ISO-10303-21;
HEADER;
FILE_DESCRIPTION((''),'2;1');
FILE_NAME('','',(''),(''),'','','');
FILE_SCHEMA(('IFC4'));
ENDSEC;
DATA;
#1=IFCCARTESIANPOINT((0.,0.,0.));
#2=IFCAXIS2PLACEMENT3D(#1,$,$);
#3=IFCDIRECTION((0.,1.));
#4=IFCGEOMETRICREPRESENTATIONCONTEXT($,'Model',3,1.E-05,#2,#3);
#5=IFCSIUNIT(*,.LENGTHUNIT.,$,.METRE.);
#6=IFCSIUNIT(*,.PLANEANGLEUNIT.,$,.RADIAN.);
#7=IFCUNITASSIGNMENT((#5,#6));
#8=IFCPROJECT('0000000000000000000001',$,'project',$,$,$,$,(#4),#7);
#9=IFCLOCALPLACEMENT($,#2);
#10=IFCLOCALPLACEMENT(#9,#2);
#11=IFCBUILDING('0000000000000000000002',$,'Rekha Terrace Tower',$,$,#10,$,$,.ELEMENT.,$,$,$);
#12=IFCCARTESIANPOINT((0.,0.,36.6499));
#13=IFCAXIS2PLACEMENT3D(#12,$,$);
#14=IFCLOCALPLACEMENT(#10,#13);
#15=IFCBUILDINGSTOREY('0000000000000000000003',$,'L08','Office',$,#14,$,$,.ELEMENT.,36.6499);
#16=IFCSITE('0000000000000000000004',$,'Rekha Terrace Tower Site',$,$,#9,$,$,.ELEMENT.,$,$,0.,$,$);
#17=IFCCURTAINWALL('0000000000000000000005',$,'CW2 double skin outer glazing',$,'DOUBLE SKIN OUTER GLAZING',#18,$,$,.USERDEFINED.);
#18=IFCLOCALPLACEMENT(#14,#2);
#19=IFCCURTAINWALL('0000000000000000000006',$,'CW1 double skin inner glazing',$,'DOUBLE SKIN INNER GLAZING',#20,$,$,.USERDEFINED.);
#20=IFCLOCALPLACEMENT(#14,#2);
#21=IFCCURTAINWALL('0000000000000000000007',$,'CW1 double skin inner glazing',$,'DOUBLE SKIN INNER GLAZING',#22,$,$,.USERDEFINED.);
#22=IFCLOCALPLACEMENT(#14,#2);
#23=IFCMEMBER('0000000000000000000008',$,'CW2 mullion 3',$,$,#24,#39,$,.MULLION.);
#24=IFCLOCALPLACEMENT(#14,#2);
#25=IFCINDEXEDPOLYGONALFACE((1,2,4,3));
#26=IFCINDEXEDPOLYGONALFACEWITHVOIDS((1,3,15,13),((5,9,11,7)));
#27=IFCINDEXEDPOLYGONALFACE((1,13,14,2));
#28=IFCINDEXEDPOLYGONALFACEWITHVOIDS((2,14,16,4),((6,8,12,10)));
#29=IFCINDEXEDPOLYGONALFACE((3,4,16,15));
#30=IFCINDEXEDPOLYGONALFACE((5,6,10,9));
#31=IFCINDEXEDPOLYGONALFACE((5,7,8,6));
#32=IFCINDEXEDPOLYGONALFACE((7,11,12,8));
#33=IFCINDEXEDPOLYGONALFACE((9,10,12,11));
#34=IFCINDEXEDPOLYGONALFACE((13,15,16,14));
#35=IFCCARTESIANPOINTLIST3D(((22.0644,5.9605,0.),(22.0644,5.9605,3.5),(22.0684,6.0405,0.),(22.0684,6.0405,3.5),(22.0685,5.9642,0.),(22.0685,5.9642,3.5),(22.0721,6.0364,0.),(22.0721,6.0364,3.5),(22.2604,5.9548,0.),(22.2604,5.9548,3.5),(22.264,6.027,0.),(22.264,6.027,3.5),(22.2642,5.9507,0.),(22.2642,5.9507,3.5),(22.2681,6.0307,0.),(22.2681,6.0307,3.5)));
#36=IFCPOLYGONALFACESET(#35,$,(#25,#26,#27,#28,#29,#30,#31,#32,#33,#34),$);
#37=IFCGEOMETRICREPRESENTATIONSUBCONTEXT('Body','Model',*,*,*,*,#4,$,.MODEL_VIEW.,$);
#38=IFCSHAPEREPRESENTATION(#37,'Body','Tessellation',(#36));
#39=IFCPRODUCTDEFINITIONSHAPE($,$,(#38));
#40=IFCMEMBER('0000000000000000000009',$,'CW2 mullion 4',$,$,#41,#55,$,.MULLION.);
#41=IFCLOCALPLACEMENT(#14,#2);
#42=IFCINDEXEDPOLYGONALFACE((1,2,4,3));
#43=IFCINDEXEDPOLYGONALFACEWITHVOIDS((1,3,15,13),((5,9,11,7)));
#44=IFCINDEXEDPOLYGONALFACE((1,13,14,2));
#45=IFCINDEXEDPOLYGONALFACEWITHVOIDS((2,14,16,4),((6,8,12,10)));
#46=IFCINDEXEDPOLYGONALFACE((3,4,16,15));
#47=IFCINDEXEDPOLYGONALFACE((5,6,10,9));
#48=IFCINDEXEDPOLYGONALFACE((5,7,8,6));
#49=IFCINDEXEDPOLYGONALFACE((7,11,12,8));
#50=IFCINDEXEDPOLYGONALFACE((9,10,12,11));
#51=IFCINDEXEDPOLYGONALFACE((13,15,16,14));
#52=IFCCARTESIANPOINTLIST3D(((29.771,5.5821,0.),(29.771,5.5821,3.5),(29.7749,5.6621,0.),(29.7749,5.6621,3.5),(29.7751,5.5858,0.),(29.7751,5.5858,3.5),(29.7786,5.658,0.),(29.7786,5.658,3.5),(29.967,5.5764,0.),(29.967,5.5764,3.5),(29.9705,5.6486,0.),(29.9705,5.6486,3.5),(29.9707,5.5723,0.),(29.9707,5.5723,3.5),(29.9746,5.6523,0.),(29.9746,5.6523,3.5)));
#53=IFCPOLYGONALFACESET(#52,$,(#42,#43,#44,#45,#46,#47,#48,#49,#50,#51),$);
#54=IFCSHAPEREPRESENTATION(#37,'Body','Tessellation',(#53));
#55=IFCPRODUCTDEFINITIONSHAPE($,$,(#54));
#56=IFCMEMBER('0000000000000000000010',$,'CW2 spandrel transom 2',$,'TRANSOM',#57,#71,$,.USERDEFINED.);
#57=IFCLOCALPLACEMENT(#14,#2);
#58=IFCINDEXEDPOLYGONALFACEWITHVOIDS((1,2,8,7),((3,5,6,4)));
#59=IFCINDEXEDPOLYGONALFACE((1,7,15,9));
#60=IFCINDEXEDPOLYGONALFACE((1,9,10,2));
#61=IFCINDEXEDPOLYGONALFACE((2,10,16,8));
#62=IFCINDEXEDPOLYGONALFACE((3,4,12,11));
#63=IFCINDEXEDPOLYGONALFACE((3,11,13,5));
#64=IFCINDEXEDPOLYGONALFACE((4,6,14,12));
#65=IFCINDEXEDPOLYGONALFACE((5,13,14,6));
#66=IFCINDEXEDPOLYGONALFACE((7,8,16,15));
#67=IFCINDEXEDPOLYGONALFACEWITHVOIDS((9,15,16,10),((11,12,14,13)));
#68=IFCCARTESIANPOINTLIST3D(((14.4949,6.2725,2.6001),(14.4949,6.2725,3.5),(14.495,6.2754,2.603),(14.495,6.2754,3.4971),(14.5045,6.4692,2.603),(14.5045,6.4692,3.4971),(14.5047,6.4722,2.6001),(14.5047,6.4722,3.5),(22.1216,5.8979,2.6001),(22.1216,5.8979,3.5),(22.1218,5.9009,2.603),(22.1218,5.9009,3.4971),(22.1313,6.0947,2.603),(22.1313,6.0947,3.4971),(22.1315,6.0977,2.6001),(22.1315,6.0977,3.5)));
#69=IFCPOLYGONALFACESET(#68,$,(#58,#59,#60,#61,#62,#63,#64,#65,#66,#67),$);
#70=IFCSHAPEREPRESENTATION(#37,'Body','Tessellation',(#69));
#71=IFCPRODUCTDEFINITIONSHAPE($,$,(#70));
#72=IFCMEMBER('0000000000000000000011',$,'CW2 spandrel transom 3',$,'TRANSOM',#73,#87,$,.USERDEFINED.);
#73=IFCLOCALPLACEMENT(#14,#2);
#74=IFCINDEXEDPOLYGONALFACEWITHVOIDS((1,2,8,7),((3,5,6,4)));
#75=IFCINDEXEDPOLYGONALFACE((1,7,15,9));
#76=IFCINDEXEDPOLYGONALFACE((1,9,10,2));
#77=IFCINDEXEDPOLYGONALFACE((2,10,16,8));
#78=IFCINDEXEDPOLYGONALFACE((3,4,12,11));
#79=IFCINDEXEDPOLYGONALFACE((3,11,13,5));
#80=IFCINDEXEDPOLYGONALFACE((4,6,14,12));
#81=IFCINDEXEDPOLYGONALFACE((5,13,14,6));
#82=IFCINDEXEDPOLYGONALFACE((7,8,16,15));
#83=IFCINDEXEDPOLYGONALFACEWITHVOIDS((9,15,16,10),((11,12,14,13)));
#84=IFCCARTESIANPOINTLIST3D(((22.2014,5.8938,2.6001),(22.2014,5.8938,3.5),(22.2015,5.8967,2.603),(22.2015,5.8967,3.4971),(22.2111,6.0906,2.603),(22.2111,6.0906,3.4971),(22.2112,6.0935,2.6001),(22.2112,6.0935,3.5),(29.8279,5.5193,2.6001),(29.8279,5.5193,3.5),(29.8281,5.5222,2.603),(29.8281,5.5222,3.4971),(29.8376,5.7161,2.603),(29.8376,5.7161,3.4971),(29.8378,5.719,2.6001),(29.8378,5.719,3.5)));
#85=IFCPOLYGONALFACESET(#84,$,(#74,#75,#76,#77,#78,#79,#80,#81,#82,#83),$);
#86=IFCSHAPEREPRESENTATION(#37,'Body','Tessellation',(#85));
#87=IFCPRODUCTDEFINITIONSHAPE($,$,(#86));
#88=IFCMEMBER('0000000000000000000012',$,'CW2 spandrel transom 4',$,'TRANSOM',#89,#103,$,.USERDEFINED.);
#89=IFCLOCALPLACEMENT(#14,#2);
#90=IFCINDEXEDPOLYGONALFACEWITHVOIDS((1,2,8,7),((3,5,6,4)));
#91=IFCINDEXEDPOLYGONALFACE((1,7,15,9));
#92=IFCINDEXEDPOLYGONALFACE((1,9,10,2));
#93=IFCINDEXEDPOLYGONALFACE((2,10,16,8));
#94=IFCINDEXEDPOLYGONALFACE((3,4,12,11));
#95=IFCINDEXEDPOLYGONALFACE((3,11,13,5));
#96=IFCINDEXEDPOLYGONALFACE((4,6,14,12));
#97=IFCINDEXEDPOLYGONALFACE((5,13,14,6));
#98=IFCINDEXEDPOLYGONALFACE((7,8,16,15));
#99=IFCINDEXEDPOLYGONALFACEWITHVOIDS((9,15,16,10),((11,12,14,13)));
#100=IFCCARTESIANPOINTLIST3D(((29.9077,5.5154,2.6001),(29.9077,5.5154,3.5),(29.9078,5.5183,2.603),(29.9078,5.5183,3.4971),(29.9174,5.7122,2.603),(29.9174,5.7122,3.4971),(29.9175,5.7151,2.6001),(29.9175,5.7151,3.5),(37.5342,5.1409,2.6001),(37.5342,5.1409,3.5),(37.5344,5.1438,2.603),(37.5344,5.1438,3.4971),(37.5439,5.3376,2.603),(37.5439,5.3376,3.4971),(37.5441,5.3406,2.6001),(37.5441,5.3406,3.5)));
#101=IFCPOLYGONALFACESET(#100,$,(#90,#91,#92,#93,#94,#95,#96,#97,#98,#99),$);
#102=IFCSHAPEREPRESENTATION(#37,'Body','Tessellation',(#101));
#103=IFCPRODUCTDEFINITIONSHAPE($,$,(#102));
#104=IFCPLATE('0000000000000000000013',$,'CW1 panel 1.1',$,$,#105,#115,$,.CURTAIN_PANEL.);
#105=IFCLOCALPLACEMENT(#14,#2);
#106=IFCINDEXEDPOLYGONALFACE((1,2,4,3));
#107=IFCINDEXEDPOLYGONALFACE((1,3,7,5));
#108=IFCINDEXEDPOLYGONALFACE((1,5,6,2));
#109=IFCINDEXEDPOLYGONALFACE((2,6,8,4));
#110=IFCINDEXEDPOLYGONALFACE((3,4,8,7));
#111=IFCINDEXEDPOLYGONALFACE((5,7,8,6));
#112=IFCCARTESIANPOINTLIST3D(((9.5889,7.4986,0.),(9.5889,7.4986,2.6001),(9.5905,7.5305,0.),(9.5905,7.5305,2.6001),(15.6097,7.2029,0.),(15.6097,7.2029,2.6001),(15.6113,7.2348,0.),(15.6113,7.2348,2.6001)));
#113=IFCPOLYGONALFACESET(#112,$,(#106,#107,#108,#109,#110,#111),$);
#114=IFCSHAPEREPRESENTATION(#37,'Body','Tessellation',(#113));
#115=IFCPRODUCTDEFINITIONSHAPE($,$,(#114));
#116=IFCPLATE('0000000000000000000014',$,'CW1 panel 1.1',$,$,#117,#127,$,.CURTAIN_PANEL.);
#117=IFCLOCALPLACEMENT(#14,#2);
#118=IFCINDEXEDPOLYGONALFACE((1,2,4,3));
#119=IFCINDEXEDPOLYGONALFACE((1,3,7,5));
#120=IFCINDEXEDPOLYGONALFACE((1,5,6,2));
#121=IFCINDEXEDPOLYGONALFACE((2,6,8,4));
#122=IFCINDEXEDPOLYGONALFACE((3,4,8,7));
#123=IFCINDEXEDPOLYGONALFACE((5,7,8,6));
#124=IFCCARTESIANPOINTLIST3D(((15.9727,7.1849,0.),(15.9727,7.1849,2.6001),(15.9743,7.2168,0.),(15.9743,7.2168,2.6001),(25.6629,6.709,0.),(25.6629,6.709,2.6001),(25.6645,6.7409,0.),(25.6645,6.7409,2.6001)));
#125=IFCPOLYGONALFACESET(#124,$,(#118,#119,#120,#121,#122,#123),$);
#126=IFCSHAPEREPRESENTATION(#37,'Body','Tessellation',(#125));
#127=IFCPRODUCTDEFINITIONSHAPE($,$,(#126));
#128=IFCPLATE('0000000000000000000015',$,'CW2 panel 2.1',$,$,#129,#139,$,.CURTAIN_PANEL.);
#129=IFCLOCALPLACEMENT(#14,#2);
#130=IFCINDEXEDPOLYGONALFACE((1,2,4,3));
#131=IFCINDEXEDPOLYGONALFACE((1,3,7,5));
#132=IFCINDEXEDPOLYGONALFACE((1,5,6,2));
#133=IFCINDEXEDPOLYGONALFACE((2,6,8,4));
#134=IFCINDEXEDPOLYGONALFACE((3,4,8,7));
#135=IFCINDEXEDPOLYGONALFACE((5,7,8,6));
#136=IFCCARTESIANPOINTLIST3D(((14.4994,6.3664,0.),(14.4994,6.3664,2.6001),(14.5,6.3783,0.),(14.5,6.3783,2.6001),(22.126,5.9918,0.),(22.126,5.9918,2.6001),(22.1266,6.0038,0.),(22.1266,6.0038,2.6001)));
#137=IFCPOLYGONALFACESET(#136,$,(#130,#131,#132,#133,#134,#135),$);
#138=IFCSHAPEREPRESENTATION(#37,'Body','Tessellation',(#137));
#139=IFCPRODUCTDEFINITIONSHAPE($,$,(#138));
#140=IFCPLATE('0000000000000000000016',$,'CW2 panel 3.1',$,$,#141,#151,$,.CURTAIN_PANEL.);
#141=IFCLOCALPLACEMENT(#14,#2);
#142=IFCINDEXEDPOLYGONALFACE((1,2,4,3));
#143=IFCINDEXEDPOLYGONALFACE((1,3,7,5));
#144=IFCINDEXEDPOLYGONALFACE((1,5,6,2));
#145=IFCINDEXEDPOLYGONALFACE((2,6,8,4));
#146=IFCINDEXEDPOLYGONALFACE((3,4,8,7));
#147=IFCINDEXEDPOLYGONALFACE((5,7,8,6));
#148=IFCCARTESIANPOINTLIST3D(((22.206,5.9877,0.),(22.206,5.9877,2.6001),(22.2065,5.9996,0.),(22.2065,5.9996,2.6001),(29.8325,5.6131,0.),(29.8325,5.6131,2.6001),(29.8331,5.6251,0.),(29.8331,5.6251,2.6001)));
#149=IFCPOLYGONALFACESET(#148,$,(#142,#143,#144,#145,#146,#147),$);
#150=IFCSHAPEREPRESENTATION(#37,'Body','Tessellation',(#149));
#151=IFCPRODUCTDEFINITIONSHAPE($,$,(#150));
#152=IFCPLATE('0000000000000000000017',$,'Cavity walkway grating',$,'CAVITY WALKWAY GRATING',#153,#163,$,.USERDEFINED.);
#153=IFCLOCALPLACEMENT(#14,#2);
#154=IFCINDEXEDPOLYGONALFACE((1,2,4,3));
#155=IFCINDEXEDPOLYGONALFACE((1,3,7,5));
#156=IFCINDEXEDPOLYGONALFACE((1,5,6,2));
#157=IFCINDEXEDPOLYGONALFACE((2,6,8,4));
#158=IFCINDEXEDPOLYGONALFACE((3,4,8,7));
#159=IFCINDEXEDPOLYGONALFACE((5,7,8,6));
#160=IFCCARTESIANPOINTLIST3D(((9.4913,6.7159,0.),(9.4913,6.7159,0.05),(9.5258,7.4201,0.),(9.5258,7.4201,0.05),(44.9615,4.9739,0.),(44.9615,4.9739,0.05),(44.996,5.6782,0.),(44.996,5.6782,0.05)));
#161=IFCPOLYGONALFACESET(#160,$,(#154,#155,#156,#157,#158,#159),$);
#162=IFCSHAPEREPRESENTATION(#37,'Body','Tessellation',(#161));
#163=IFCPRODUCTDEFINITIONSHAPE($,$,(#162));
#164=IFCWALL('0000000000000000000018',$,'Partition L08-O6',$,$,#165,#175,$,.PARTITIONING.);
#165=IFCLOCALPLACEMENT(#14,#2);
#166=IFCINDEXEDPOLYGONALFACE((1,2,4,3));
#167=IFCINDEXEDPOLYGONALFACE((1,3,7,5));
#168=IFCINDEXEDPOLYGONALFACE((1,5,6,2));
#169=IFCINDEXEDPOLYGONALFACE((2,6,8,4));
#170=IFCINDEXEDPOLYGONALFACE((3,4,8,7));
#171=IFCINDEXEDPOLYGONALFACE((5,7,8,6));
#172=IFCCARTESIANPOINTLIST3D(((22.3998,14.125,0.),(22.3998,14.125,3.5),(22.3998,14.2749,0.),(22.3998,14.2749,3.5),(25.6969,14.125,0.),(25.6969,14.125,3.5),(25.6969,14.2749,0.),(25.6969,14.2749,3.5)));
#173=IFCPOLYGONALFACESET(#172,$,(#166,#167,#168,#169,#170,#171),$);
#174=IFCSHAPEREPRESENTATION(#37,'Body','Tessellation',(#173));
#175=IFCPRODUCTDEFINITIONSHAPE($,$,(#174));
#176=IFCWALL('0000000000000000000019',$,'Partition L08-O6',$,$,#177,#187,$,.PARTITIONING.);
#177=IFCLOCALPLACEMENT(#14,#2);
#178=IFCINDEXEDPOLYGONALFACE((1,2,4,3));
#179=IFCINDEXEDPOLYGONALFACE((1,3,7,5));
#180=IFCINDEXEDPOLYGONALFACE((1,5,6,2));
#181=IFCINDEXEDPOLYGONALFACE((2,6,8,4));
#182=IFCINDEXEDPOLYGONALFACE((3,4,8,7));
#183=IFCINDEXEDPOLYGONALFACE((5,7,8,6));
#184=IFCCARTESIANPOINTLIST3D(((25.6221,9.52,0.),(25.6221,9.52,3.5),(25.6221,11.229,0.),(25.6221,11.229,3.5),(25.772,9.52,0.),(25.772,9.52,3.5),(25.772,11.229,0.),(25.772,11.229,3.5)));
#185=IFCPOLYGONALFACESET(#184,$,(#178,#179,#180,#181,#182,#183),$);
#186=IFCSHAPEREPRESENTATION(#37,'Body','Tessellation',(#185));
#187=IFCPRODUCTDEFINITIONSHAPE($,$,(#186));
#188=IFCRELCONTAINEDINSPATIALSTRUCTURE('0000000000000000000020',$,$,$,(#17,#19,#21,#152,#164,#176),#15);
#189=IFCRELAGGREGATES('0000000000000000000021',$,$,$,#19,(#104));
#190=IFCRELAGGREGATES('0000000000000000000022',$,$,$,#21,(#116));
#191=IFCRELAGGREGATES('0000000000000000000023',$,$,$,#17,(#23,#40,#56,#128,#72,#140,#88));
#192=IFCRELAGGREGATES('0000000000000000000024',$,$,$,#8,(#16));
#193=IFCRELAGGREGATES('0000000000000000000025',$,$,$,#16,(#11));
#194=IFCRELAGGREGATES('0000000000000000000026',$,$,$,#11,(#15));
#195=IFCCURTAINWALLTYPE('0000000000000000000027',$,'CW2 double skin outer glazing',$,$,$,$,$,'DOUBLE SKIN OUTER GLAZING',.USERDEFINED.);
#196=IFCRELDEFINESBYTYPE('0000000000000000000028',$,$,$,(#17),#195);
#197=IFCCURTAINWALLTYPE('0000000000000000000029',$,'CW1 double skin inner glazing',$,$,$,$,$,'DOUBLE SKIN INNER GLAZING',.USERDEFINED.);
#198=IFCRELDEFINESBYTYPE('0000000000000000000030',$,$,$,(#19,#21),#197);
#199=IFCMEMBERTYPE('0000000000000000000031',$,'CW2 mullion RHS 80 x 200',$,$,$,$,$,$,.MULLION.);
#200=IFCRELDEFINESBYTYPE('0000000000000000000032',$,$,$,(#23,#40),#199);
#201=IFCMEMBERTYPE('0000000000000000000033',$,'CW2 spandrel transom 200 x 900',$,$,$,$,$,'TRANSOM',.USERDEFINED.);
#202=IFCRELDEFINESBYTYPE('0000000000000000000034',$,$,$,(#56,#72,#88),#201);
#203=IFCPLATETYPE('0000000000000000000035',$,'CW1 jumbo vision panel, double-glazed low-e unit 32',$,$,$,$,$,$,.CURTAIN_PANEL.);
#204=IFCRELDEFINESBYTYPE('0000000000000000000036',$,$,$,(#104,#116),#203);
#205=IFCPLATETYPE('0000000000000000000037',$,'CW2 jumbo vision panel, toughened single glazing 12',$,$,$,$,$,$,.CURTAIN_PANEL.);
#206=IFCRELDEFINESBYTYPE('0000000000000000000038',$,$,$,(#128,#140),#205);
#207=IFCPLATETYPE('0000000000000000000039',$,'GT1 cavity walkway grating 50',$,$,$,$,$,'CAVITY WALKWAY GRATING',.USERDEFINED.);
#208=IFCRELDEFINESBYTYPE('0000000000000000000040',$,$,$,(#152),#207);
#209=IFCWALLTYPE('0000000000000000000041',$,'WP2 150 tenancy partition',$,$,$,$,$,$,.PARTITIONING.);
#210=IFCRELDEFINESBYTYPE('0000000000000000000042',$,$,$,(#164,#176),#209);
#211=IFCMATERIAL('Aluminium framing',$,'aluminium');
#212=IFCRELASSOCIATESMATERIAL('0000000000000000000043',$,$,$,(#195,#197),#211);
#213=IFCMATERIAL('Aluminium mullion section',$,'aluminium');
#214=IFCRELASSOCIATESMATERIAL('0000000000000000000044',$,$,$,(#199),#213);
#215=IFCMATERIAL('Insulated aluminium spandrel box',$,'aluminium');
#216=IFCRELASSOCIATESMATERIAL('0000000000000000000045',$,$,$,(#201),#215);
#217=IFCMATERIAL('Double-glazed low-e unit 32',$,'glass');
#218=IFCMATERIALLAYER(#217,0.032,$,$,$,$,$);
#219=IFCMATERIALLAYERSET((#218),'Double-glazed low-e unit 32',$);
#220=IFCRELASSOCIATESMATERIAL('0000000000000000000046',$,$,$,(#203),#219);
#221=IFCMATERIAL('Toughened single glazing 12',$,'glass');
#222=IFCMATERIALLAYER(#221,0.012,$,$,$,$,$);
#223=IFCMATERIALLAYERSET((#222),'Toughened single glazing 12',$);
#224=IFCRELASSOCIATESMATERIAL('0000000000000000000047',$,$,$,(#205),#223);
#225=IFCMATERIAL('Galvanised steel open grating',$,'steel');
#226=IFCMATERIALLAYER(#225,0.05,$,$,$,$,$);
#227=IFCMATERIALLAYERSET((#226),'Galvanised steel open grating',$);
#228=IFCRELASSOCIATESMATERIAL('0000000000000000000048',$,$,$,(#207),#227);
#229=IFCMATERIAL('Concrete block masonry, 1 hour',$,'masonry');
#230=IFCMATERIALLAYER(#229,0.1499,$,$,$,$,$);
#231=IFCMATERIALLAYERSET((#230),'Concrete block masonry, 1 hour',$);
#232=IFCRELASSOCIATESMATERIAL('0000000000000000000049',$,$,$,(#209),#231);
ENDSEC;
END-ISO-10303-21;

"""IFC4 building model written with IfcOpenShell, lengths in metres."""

from ifc_helpers import new_model, si_unit, direction, frame, frame_2d, origin, origin_2d, place, context, subcontext, project, spatial, rectangle, hollow_rectangle, extrude, material, layer, layer_set, material_profile, profile_set, type_object, element, aggregate, save


model = new_model("IFC4")

# Units and contexts
model_context = context("Model", 3, precision=1e-05, world=origin(), true_north=direction((0.0, 1.0)))
body_context = subcontext(model_context, "Body", "Model", "MODEL_VIEW")
ifc_project = project(units=[si_unit("LENGTHUNIT", "METRE"), si_unit("PLANEANGLEUNIT", "RADIAN")], contexts=[model_context])

# Site, building, storey
site_placement = place(None, origin())
site = spatial("IfcSite", under=ifc_project, at=site_placement, Name="Rekha Terrace Tower Site", CompositionType="ELEMENT", RefElevation=0.0)
building_placement = place(site_placement, origin())
building = spatial("IfcBuilding", under=site, at=building_placement, Name="Rekha Terrace Tower", CompositionType="ELEMENT")
storey_placement = place(building_placement, frame((0.0, 0.0, 36.6499)))
storey = spatial("IfcBuildingStorey", under=building, at=storey_placement, Name="L08", Description="Office", CompositionType="ELEMENT", Elevation=36.6499)

# Curtain wall
ifc_material_1 = material(Name="Aluminium framing", Category="aluminium")
curtain_wall_type_1 = type_object("IfcCurtainWallType", Name="CW2 double skin outer glazing", ElementType="DOUBLE SKIN OUTER GLAZING", PredefinedType="USERDEFINED", material=ifc_material_1)
curtain_wall_1_placement = place(storey_placement, origin())
curtain_wall_1 = element("IfcCurtainWall", 1, at=curtain_wall_1_placement, inside=storey, type_object=curtain_wall_type_1, Name="CW2 double skin outer glazing", ObjectType="DOUBLE SKIN OUTER GLAZING", PredefinedType="USERDEFINED")

# Curtain wall
curtain_wall_type_2 = type_object("IfcCurtainWallType", Name="CW1 double skin inner glazing", ElementType="DOUBLE SKIN INNER GLAZING", PredefinedType="USERDEFINED", material=ifc_material_1)
curtain_wall_2_placement = place(storey_placement, origin())
curtain_wall_2 = element("IfcCurtainWall", 2, at=curtain_wall_2_placement, inside=storey, type_object=curtain_wall_type_2, Name="CW1 double skin inner glazing", ObjectType="DOUBLE SKIN INNER GLAZING", PredefinedType="USERDEFINED")
ifc_material_2 = material(Name="Aluminium mullion section", Category="aluminium")

# Curtain wall
curtain_wall_3_placement = place(storey_placement, origin())
curtain_wall_3 = element("IfcCurtainWall", 3, at=curtain_wall_3_placement, inside=storey, type_object=curtain_wall_type_2, Name="CW1 double skin inner glazing", ObjectType="DOUBLE SKIN INNER GLAZING", PredefinedType="USERDEFINED")
ifc_material_3 = material(Name="Insulated aluminium spandrel box", Category="aluminium")

# Members
ifc_material_profile_1 = material_profile(ifc_material_2, hollow_rectangle(XDim=0.0801, YDim=0.2, WallThickness=0.0039, at=origin_2d()), Name="AL RHS 80x200")
ifc_profile_set_1 = profile_set([ifc_material_profile_1], Name="Aluminium mullion section")
member_type_1 = type_object("IfcMemberType", Name="CW2 mullion RHS 80 x 200", PredefinedType="MULLION", material=ifc_profile_set_1)
member_1_placement = place(storey_placement, frame((22.1663, 5.9956, 0.0), z_axis=(0.0, 0.0, 1.0), x_axis=(0.049052, 0.998796, 0.0)))
member_1 = element("IfcMember", 4, at=member_1_placement, type_object=member_type_1, Name="CW2 mullion 3", PredefinedType="MULLION", context=body_context, shape_type="SweptSolid", body=[
    extrude(hollow_rectangle(XDim=0.0801, YDim=0.2, WallThickness=0.0039, at=origin_2d()), origin(), (0.0, 0.0, 1.0), 3.5),
])
member_2_placement = place(storey_placement, frame((29.8728, 5.6172, 0.0), z_axis=(0.0, 0.0, 1.0), x_axis=(0.049052, 0.998796, 0.0)))
member_2 = element("IfcMember", 5, at=member_2_placement, type_object=member_type_1, Name="CW2 mullion 4", PredefinedType="MULLION", context=body_context, shape_type="SweptSolid", body=[
    extrude(hollow_rectangle(XDim=0.0801, YDim=0.2, WallThickness=0.0039, at=origin_2d()), origin(), (0.0, 0.0, 1.0), 3.5),
])
ifc_material_profile_2 = material_profile(ifc_material_3, hollow_rectangle(XDim=0.2, YDim=0.8999, WallThickness=0.0029, at=origin_2d()), Name="AL SPANDREL BOX 200x900")
ifc_profile_set_2 = profile_set([ifc_material_profile_2], Name="Insulated aluminium spandrel box")
member_type_2 = type_object("IfcMemberType", Name="CW2 spandrel transom 200 x 900", ElementType="TRANSOM", PredefinedType="USERDEFINED", material=ifc_profile_set_2)
member_3_placement = place(storey_placement, frame((14.4998, 6.3723, 3.05), z_axis=(0.998797, -0.049046, 0.0), x_axis=(0.049046, 0.998797, 0.0)))
member_3 = element("IfcMember", 6, at=member_3_placement, type_object=member_type_2, Name="CW2 spandrel transom 2", ObjectType="TRANSOM", PredefinedType="USERDEFINED", context=body_context, shape_type="SweptSolid", body=[
    extrude(hollow_rectangle(XDim=0.2, YDim=0.8999, WallThickness=0.0029, at=origin_2d()), origin(), (0.0, 0.0, 1.0), 7.636),
])
member_4_placement = place(storey_placement, frame((22.2063, 5.9937, 3.05), z_axis=(0.998796, -0.049048, 0.0), x_axis=(0.049048, 0.998796, 0.0)))
member_4 = element("IfcMember", 7, at=member_4_placement, type_object=member_type_2, Name="CW2 spandrel transom 3", ObjectType="TRANSOM", PredefinedType="USERDEFINED", context=body_context, shape_type="SweptSolid", body=[
    extrude(hollow_rectangle(XDim=0.2, YDim=0.8999, WallThickness=0.0029, at=origin_2d()), origin(), (0.0, 0.0, 1.0), 7.6357),
])
member_5_placement = place(storey_placement, frame((29.9126, 5.6152, 3.05), z_axis=(0.998796, -0.049048, 0.0), x_axis=(0.049048, 0.998796, 0.0)))
member_5 = element("IfcMember", 8, at=member_5_placement, type_object=member_type_2, Name="CW2 spandrel transom 4", ObjectType="TRANSOM", PredefinedType="USERDEFINED", context=body_context, shape_type="SweptSolid", body=[
    extrude(hollow_rectangle(XDim=0.2, YDim=0.8999, WallThickness=0.0029, at=origin_2d()), origin(), (0.0, 0.0, 1.0), 7.6357),
])

# Plates
ifc_material_4 = material(Name="Double-glazed low-e unit 32", Category="glass")
ifc_layer_1 = layer(ifc_material_4, 0.032)
ifc_layer_set_1 = layer_set([ifc_layer_1], Name="Double-glazed low-e unit 32")
plate_type_1 = type_object("IfcPlateType", Name="CW1 jumbo vision panel, double-glazed low-e unit 32", PredefinedType="CURTAIN_PANEL", material=ifc_layer_set_1)
plate_1_placement = place(storey_placement, frame((12.6001, 7.3667, 0.0), z_axis=(0.0, 0.0, 1.0), x_axis=(0.998796, -0.049052, 0.0)))
plate_1 = element("IfcPlate", 9, at=plate_1_placement, type_object=plate_type_1, Name="CW1 panel 1.1", PredefinedType="CURTAIN_PANEL", context=body_context, shape_type="SweptSolid", body=[
    extrude(rectangle(XDim=6.0281, YDim=0.032, at=origin_2d()), origin(), (0.0, 0.0, 1.0), 2.6001),
])
aggregate(curtain_wall_2, [plate_1])
plate_2_placement = place(storey_placement, frame((20.8186, 6.9629, 0.0), z_axis=(0.0, 0.0, 1.0), x_axis=(0.998796, -0.049052, 0.0)))
plate_2 = element("IfcPlate", 10, at=plate_2_placement, type_object=plate_type_1, Name="CW1 panel 1.1", PredefinedType="CURTAIN_PANEL", context=body_context, shape_type="SweptSolid", body=[
    extrude(rectangle(XDim=9.7019, YDim=0.032, at=origin_2d()), origin(), (0.0, 0.0, 1.0), 2.6001),
])
aggregate(curtain_wall_3, [plate_2])
ifc_material_5 = material(Name="Toughened single glazing 12", Category="glass")
ifc_layer_2 = layer(ifc_material_5, 0.012)
ifc_layer_set_2 = layer_set([ifc_layer_2], Name="Toughened single glazing 12")
plate_type_2 = type_object("IfcPlateType", Name="CW2 jumbo vision panel, toughened single glazing 12", PredefinedType="CURTAIN_PANEL", material=ifc_layer_set_2)
plate_3_placement = place(storey_placement, frame((18.313, 6.1851, 0.0), z_axis=(0.0, 0.0, 1.0), x_axis=(0.998796, -0.049052, 0.0)))
plate_3 = element("IfcPlate", 11, at=plate_3_placement, type_object=plate_type_2, Name="CW2 panel 2.1", PredefinedType="CURTAIN_PANEL", context=body_context, shape_type="SweptSolid", body=[
    extrude(rectangle(XDim=7.6357, YDim=0.012, at=origin_2d()), origin(), (0.0, 0.0, 1.0), 2.6001),
])
plate_4_placement = place(storey_placement, frame((26.0195, 5.8064, 0.0), z_axis=(0.0, 0.0, 1.0), x_axis=(0.998796, -0.049052, 0.0)))
plate_4 = element("IfcPlate", 12, at=plate_4_placement, type_object=plate_type_2, Name="CW2 panel 3.1", PredefinedType="CURTAIN_PANEL", context=body_context, shape_type="SweptSolid", body=[
    extrude(rectangle(XDim=7.6357, YDim=0.012, at=origin_2d()), origin(), (0.0, 0.0, 1.0), 2.6001),
])
aggregate(curtain_wall_1, [member_1, member_2, member_3, plate_3, member_4, plate_4, member_5])
ifc_material_6 = material(Name="Galvanised steel open grating", Category="steel")
ifc_layer_3 = layer(ifc_material_6, 0.05)
ifc_layer_set_3 = layer_set([ifc_layer_3], Name="Galvanised steel open grating")
plate_type_3 = type_object("IfcPlateType", Name="GT1 cavity walkway grating 50", ElementType="CAVITY WALKWAY GRATING", PredefinedType="USERDEFINED", material=ifc_layer_set_3)
plate_5_placement = place(storey_placement, frame((27.2437, 6.197, 0.0), z_axis=(0.0, 0.0, 1.0), x_axis=(0.998796, -0.049052, 0.0)))
element("IfcPlate", 13, at=plate_5_placement, inside=storey, type_object=plate_type_3, Name="Cavity walkway grating", ObjectType="CAVITY WALKWAY GRATING", PredefinedType="USERDEFINED", context=body_context, shape_type="SweptSolid", body=[
    extrude(rectangle(XDim=35.5129, YDim=0.7051, at=origin_2d()), origin(), (0.0, 0.0, 1.0), 0.05),
])

# Walls
ifc_material_7 = material(Name="Concrete block masonry, 1 hour", Category="masonry")
ifc_layer_4 = layer(ifc_material_7, 0.1499)
ifc_layer_set_4 = layer_set([ifc_layer_4], Name="Concrete block masonry, 1 hour")
wall_type_1 = type_object("IfcWallType", Name="WP2 150 tenancy partition", PredefinedType="PARTITIONING", material=ifc_layer_set_4)
wall_1_placement = place(storey_placement, frame((22.3999, 14.2, 0.0), z_axis=(0.0, 0.0, 1.0), x_axis=(1.0, 0.0, 0.0)))
element("IfcWall", 14, at=wall_1_placement, inside=storey, type_object=wall_type_1, Name="Partition L08-O6", PredefinedType="PARTITIONING", context=body_context, shape_type="SweptSolid", body=[
    extrude(rectangle(XDim=3.2971, YDim=0.1499, at=frame_2d((1.6484, 0.0))), origin(), (0.0, 0.0, 1.0), 3.5),
])
wall_2_placement = place(storey_placement, frame((25.697, 11.229, 0.0), z_axis=(0.0, 0.0, 1.0), x_axis=(0.0, -1.0, 0.0)))
element("IfcWall", 15, at=wall_2_placement, inside=storey, type_object=wall_type_1, Name="Partition L08-O6", PredefinedType="PARTITIONING", context=body_context, shape_type="SweptSolid", body=[
    extrude(rectangle(XDim=1.709, YDim=0.1499, at=frame_2d((0.8545, 0.0))), origin(), (0.0, 0.0, 1.0), 3.5),
])

save(model, "model.ifc")
